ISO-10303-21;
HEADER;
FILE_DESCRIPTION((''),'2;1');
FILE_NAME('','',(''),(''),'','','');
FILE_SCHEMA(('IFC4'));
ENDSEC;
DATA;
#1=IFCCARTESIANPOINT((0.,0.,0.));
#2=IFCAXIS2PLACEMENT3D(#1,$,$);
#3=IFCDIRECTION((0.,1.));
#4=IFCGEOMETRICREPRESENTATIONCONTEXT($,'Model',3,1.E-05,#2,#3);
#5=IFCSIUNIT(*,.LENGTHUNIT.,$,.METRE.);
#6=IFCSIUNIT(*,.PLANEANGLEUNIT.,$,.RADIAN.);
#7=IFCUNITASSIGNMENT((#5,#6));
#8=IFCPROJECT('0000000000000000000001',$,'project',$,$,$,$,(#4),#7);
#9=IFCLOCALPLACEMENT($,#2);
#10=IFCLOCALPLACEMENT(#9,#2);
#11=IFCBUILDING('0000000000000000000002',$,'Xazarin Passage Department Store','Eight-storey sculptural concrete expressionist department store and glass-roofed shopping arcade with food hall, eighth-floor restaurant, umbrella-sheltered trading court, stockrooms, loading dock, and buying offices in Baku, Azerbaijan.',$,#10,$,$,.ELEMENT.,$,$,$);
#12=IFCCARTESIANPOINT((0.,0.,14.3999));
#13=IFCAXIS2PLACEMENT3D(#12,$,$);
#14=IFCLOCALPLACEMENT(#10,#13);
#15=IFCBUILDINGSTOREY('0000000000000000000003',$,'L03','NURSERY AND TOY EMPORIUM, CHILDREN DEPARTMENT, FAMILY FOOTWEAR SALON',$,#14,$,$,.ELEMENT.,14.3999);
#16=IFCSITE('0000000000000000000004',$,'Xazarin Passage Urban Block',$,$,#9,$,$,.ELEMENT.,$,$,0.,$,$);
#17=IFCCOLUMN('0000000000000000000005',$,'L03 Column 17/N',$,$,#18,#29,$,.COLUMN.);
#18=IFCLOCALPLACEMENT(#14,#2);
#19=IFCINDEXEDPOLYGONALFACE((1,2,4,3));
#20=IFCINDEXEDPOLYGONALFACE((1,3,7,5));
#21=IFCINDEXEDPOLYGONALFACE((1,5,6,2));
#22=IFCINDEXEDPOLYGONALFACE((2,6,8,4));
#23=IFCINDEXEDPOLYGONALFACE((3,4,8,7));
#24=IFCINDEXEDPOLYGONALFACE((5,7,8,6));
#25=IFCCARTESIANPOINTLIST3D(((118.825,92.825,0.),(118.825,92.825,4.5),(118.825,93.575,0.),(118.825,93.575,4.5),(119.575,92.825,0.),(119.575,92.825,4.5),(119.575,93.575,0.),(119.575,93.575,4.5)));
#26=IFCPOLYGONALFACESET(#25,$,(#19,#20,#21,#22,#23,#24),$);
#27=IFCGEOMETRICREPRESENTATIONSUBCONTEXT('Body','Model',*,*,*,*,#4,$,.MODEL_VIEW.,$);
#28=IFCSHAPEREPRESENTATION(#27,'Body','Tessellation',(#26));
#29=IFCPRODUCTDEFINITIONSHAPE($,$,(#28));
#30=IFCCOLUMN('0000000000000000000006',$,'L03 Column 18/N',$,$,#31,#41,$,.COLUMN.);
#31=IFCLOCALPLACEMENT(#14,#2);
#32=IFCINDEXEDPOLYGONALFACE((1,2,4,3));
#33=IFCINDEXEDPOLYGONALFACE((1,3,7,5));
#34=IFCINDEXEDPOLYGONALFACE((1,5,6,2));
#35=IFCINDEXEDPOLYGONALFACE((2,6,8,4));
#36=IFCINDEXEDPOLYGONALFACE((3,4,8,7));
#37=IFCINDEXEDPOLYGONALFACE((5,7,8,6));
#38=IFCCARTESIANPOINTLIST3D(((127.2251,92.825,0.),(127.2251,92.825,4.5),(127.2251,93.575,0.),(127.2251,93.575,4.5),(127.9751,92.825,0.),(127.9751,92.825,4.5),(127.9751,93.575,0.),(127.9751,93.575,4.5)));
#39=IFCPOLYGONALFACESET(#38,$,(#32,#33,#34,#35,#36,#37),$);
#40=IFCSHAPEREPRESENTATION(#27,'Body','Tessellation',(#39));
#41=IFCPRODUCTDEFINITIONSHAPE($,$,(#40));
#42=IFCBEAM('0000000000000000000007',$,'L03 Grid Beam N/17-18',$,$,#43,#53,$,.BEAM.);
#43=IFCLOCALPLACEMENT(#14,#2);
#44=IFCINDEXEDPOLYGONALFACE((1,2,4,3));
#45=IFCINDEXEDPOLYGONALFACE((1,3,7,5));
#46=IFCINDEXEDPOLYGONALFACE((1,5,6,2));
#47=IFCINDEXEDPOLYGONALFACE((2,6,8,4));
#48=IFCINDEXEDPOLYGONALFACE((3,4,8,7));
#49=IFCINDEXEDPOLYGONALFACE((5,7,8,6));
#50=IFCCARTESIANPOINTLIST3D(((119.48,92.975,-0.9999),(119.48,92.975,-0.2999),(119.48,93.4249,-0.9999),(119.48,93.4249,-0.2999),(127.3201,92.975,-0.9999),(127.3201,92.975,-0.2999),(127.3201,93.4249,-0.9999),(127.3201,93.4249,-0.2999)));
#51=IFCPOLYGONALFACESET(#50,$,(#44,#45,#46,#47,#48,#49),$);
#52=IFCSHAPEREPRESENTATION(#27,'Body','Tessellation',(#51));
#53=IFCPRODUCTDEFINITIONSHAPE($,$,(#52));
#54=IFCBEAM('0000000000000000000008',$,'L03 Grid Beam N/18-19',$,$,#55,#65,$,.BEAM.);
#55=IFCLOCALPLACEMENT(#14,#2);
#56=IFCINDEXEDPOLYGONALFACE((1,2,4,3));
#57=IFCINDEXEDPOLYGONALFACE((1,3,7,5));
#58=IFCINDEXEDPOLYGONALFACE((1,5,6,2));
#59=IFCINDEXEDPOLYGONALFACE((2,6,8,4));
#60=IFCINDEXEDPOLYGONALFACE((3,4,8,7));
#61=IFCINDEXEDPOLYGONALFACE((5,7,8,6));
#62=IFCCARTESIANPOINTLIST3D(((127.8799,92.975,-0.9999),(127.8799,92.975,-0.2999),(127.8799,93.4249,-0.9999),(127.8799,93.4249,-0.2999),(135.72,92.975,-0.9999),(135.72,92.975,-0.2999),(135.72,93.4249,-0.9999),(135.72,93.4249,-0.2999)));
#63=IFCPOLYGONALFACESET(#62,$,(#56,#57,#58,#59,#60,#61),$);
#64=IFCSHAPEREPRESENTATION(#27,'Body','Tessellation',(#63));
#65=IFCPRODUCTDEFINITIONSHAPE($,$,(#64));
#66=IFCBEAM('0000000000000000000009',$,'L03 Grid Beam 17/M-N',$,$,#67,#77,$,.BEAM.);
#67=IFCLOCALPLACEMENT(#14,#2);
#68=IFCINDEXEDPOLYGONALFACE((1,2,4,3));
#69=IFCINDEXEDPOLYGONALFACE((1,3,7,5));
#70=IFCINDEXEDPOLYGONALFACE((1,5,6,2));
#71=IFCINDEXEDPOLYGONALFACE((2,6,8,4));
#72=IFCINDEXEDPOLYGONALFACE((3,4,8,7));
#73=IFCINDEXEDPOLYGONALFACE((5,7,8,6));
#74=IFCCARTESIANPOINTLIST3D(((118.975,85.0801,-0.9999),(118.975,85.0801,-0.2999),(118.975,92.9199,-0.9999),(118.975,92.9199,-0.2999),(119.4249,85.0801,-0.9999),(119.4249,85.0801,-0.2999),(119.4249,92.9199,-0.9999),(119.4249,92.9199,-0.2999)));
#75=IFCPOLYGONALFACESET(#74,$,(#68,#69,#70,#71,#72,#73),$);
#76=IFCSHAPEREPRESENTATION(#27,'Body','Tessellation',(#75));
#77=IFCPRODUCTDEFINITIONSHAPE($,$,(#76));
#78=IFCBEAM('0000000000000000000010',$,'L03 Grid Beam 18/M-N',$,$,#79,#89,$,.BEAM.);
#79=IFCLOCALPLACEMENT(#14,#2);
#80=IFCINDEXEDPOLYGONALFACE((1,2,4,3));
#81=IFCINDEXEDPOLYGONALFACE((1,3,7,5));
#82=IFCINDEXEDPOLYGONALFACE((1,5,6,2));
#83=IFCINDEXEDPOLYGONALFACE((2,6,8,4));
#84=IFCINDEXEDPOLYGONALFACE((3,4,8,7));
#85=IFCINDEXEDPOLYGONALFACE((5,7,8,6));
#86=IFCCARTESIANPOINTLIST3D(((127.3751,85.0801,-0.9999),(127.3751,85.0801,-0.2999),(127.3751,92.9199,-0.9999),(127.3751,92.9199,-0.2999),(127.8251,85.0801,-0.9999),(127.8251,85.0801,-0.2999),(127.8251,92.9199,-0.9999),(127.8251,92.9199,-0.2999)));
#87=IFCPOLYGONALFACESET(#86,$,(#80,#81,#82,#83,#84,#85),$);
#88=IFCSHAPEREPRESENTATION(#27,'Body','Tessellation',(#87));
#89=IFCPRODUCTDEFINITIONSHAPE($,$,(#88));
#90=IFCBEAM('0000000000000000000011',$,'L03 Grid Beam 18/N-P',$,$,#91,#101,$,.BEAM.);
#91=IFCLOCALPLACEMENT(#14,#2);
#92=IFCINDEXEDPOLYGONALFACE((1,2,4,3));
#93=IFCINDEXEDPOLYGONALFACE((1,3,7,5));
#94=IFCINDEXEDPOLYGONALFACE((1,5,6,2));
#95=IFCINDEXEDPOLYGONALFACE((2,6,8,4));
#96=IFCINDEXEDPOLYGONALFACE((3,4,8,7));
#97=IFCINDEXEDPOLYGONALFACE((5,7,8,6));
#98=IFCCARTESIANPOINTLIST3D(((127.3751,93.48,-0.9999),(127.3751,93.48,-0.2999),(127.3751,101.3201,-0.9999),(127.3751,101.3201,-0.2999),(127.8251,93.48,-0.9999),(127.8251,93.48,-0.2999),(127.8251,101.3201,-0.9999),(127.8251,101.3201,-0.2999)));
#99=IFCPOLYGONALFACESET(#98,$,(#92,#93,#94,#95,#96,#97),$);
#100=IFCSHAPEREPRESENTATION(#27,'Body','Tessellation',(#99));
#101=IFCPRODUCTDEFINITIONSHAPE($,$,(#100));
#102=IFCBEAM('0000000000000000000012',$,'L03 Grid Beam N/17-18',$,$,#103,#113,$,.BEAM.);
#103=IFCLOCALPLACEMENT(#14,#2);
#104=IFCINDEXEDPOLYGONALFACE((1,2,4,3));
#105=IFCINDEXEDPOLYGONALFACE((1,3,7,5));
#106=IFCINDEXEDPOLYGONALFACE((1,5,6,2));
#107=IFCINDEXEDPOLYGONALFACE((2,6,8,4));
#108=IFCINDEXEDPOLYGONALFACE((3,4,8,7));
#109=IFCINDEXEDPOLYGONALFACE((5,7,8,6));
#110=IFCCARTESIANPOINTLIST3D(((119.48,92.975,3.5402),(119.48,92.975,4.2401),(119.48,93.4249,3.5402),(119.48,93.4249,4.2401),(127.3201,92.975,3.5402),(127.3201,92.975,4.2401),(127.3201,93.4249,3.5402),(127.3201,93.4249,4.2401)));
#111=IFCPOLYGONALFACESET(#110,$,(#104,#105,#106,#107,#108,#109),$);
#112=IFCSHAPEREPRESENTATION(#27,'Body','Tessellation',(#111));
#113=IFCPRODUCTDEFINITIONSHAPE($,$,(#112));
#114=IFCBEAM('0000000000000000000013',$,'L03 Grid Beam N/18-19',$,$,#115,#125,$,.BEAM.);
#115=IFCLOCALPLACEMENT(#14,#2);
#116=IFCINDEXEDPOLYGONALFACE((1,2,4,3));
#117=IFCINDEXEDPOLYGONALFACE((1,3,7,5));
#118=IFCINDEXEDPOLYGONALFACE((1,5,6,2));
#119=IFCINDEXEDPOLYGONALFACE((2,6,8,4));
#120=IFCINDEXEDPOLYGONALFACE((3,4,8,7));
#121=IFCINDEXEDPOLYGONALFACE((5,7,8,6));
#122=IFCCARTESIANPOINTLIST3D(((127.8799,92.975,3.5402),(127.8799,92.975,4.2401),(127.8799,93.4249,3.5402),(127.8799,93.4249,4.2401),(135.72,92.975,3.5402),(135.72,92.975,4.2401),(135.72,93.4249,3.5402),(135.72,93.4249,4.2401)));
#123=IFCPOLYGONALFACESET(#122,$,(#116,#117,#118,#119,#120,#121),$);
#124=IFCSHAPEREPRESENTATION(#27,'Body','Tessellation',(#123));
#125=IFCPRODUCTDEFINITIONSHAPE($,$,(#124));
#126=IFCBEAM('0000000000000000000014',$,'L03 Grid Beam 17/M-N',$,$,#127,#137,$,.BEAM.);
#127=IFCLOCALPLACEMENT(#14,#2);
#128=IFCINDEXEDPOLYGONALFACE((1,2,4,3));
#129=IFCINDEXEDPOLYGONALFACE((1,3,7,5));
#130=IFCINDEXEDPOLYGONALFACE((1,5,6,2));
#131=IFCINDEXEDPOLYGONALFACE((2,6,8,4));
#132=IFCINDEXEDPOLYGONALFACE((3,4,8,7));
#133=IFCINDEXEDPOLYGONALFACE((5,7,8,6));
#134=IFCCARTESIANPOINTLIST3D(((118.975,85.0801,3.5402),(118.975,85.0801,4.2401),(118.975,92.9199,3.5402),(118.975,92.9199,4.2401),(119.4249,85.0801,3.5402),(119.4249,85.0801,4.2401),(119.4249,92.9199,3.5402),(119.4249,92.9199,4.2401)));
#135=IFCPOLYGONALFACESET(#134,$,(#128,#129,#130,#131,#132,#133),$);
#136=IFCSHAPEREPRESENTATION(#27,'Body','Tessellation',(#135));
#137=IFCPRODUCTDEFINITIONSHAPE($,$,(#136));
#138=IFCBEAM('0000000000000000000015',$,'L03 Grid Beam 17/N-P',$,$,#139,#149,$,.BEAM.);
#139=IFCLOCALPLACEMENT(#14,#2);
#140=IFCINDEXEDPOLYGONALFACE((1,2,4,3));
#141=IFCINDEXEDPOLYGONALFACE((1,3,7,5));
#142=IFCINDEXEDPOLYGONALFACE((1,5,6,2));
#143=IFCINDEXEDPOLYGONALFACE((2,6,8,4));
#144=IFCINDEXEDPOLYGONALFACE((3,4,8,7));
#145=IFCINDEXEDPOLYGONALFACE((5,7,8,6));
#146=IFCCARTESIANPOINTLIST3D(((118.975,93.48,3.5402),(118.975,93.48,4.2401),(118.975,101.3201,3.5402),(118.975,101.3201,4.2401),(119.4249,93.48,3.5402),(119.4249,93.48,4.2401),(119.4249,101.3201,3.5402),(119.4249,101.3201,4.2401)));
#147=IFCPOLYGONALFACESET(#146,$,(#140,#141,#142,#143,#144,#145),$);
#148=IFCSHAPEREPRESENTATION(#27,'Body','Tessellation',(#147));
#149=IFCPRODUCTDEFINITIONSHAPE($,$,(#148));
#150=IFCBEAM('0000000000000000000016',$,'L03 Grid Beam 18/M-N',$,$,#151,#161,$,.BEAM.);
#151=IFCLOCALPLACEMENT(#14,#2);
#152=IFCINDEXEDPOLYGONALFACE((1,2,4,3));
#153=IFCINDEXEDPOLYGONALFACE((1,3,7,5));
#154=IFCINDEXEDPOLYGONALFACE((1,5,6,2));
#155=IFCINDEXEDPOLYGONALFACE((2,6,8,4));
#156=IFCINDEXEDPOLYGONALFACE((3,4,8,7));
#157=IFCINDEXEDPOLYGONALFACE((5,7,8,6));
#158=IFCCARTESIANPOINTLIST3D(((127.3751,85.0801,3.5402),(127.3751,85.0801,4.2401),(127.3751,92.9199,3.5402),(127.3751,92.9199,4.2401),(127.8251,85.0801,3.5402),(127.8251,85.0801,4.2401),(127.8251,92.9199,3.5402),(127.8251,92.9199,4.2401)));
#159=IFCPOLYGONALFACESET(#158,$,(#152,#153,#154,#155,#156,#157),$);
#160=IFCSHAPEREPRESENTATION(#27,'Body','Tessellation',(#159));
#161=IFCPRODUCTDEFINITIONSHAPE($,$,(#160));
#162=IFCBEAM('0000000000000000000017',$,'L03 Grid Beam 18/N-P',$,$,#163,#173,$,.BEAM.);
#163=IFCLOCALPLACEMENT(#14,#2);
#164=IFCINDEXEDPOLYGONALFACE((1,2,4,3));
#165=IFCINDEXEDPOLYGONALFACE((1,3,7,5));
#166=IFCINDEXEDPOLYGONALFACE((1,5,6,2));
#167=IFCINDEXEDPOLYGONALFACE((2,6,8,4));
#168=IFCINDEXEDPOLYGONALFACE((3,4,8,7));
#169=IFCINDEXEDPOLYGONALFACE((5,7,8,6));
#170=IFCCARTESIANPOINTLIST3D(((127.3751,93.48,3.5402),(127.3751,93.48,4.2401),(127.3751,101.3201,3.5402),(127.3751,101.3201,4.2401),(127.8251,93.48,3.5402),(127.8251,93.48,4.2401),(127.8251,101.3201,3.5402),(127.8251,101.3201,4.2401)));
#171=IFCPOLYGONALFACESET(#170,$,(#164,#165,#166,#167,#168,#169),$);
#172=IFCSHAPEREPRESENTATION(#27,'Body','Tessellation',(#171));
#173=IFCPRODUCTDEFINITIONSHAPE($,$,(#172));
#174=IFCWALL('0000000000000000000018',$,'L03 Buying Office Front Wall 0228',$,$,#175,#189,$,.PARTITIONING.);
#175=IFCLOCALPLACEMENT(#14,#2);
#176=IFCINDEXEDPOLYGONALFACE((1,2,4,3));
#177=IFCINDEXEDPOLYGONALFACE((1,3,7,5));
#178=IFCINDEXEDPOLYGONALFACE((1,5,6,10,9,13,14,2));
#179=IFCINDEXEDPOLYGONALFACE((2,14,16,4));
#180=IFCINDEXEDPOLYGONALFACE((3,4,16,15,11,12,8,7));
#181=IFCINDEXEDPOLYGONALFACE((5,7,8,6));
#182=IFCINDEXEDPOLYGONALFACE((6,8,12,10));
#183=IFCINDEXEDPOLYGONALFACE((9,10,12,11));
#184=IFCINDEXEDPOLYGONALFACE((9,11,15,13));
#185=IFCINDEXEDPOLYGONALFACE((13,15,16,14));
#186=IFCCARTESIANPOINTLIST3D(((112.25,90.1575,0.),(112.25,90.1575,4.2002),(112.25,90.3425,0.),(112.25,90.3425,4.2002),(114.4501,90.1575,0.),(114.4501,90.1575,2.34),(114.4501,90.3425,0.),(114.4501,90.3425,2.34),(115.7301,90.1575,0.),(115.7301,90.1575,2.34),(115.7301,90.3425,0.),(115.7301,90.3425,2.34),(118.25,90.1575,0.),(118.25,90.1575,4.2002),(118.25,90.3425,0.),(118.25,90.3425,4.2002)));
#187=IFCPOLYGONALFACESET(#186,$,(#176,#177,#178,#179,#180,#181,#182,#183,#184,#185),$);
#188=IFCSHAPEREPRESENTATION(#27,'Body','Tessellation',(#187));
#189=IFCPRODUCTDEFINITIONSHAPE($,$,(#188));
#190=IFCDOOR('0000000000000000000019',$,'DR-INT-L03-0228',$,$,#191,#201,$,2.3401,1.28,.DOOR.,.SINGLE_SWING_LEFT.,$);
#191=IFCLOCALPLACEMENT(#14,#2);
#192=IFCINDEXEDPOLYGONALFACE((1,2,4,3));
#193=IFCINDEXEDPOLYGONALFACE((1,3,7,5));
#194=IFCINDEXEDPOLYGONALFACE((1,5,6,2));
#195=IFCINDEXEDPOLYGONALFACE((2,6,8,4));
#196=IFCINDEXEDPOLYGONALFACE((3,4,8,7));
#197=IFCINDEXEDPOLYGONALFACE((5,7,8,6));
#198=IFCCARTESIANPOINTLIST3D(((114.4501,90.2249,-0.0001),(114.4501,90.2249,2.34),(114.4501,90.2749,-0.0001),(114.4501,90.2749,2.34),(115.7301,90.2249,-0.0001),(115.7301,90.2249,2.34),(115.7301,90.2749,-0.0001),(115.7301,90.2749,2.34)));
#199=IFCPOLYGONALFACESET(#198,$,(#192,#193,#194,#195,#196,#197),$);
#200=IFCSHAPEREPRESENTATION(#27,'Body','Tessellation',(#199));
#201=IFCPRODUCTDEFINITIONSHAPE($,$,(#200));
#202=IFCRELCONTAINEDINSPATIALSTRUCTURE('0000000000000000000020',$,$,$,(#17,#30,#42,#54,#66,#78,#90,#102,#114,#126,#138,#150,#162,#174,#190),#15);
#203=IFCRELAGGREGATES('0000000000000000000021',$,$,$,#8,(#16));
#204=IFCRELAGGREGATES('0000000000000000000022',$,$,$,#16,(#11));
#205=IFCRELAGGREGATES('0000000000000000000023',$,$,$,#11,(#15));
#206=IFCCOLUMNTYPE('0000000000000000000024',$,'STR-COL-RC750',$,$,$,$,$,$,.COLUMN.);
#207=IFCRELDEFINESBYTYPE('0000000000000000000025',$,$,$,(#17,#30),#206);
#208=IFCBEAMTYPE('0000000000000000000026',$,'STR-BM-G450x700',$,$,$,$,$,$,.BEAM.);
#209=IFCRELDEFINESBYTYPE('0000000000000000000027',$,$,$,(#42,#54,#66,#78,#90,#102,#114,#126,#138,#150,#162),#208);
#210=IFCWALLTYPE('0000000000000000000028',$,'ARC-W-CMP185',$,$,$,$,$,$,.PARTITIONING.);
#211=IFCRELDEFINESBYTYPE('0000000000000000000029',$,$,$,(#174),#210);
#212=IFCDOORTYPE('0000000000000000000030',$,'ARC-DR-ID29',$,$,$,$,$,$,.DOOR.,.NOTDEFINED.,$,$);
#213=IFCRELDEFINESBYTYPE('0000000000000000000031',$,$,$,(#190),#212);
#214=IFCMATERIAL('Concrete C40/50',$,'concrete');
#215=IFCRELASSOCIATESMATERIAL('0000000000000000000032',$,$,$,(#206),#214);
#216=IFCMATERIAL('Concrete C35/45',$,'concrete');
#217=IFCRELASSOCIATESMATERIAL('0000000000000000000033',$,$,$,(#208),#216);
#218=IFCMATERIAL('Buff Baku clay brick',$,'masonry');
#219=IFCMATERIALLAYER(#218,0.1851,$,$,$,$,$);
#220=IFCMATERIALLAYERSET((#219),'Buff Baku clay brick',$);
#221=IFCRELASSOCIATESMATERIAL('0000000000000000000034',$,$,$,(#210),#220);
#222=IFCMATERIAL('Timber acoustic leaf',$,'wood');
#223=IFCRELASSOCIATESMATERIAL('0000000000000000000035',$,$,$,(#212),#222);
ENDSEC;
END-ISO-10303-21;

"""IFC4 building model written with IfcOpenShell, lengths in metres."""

from ifc_helpers import new_model, si_unit, direction, frame, frame_2d, origin, origin_2d, place, context, subcontext, project, spatial, rectangle, extrude, material, layer, layer_set, material_profile, profile_set, type_object, element, fill, save


model = new_model("IFC4")

# Units and contexts
model_context = context("Model", 3, precision=1e-05, world=origin(), true_north=direction((0.0, 1.0)))
body_context = subcontext(model_context, "Body", "Model", "MODEL_VIEW")
ifc_project = project(units=[si_unit("LENGTHUNIT", "METRE"), si_unit("PLANEANGLEUNIT", "RADIAN")], contexts=[model_context])

# Site, building, storey
site_placement = place(None, origin())
site = spatial("IfcSite", under=ifc_project, at=site_placement, Name="Xazarin Passage Urban Block", CompositionType="ELEMENT", RefElevation=0.0)
building_placement = place(site_placement, origin())
building = spatial("IfcBuilding", under=site, at=building_placement, Name="Xazarin Passage Department Store", Description="Eight-storey sculptural concrete expressionist department store and glass-roofed shopping arcade with food hall, eighth-floor restaurant, umbrella-sheltered trading court, stockrooms, loading dock, and buying offices in Baku, Azerbaijan.", CompositionType="ELEMENT")
storey_placement = place(building_placement, frame((0.0, 0.0, 14.3999)))
storey = spatial("IfcBuildingStorey", under=building, at=storey_placement, Name="L03", Description="NURSERY AND TOY EMPORIUM, CHILDREN DEPARTMENT, FAMILY FOOTWEAR SALON", CompositionType="ELEMENT", Elevation=14.3999)

# Columns
ifc_material_1 = material(Name="Concrete C40/50", Category="concrete")
ifc_material_profile_1 = material_profile(ifc_material_1, rectangle(XDim=0.75, YDim=0.75, at=origin_2d()), Name="RC 750x750")
ifc_profile_set_1 = profile_set([ifc_material_profile_1], Name="Concrete C40/50")
column_type = type_object("IfcColumnType", Name="STR-COL-RC750", PredefinedType="COLUMN", material=ifc_profile_set_1)
for number, where, z_axis, x_axis, name in (
    (1, (119.2, 93.2, 0.0), (0.0, 0.0, 1.0), (1.0, 0.0, 0.0), "L03 Column 17/N"),
    (2, (127.6001, 93.2, 0.0), (0.0, 0.0, 1.0), (1.0, 0.0, 0.0), "L03 Column 18/N"),
):
    element("IfcColumn", number, at=place(storey_placement, frame(where, z_axis=z_axis, x_axis=x_axis)), inside=storey, type_object=column_type, Name=name, PredefinedType="COLUMN", context=body_context, shape_type="SweptSolid", body=[
        extrude(rectangle(XDim=0.75, YDim=0.75, at=origin_2d()), origin(), (0.0, 0.0, 1.0), 4.5),
    ])

# Beams
ifc_material_2 = material(Name="Concrete C35/45", Category="concrete")
ifc_material_profile_2 = material_profile(ifc_material_2, rectangle(XDim=0.45, YDim=0.7, at=origin_2d()), Name="RC 450x700")
ifc_profile_set_2 = profile_set([ifc_material_profile_2], Name="Concrete C35/45")
beam_type = type_object("IfcBeamType", Name="STR-BM-G450x700", PredefinedType="BEAM", material=ifc_profile_set_2)
for number, where, z_axis, x_axis, name in (
    (3, (119.48, 93.2, -0.6499), (1.0, 0.0, 0.0), (0.0, 1.0, 0.0), "L03 Grid Beam N/17-18"),
    (4, (127.8799, 93.2, -0.6499), (1.0, 0.0, 0.0), (0.0, 1.0, 0.0), "L03 Grid Beam N/18-19"),
):
    element("IfcBeam", number, at=place(storey_placement, frame(where, z_axis=z_axis, x_axis=x_axis)), inside=storey, type_object=beam_type, Name=name, PredefinedType="BEAM", context=body_context, shape_type="SweptSolid", body=[
        extrude(rectangle(XDim=0.45, YDim=0.7, at=origin_2d()), origin(), (0.0, 0.0, 1.0), 7.8401),
    ])
for number, where, z_axis, x_axis, name in (
    (5, (119.2, 85.0801, -0.6499), (0.0, 1.0, 0.0), (-1.0, 0.0, 0.0), "L03 Grid Beam 17/M-N"),
    (6, (127.6001, 85.0801, -0.6499), (0.0, 1.0, 0.0), (-1.0, 0.0, 0.0), "L03 Grid Beam 18/M-N"),
):
    element("IfcBeam", number, at=place(storey_placement, frame(where, z_axis=z_axis, x_axis=x_axis)), inside=storey, type_object=beam_type, Name=name, PredefinedType="BEAM", context=body_context, shape_type="SweptSolid", body=[
        extrude(rectangle(XDim=0.45, YDim=0.7, at=origin_2d()), origin(), (0.0, 0.0, 1.0), 7.8398),
    ])
for number, where, z_axis, x_axis, name in (
    (7, (127.6001, 93.48, -0.6499), (0.0, 1.0, 0.0), (-1.0, 0.0, 0.0), "L03 Grid Beam 18/N-P"),
    (8, (119.48, 93.2, 3.8901), (1.0, 0.0, 0.0), (0.0, 1.0, 0.0), "L03 Grid Beam N/17-18"),
    (9, (127.8799, 93.2, 3.8901), (1.0, 0.0, 0.0), (0.0, 1.0, 0.0), "L03 Grid Beam N/18-19"),
):
    element("IfcBeam", number, at=place(storey_placement, frame(where, z_axis=z_axis, x_axis=x_axis)), inside=storey, type_object=beam_type, Name=name, PredefinedType="BEAM", context=body_context, shape_type="SweptSolid", body=[
        extrude(rectangle(XDim=0.45, YDim=0.7, at=origin_2d()), origin(), (0.0, 0.0, 1.0), 7.8401),
    ])
beam_1_placement = place(storey_placement, frame((119.2, 85.0801, 3.8901), z_axis=(0.0, 1.0, 0.0), x_axis=(-1.0, 0.0, 0.0)))
element("IfcBeam", 10, at=beam_1_placement, inside=storey, type_object=beam_type, Name="L03 Grid Beam 17/M-N", PredefinedType="BEAM", context=body_context, shape_type="SweptSolid", body=[
    extrude(rectangle(XDim=0.45, YDim=0.7, at=origin_2d()), origin(), (0.0, 0.0, 1.0), 7.8398),
])
beam_2_placement = place(storey_placement, frame((119.2, 93.48, 3.8901), z_axis=(0.0, 1.0, 0.0), x_axis=(-1.0, 0.0, 0.0)))
element("IfcBeam", 11, at=beam_2_placement, inside=storey, type_object=beam_type, Name="L03 Grid Beam 17/N-P", PredefinedType="BEAM", context=body_context, shape_type="SweptSolid", body=[
    extrude(rectangle(XDim=0.45, YDim=0.7, at=origin_2d()), origin(), (0.0, 0.0, 1.0), 7.8401),
])
beam_3_placement = place(storey_placement, frame((127.6001, 85.0801, 3.8901), z_axis=(0.0, 1.0, 0.0), x_axis=(-1.0, 0.0, 0.0)))
element("IfcBeam", 12, at=beam_3_placement, inside=storey, type_object=beam_type, Name="L03 Grid Beam 18/M-N", PredefinedType="BEAM", context=body_context, shape_type="SweptSolid", body=[
    extrude(rectangle(XDim=0.45, YDim=0.7, at=origin_2d()), origin(), (0.0, 0.0, 1.0), 7.8398),
])
beam_4_placement = place(storey_placement, frame((127.6001, 93.48, 3.8901), z_axis=(0.0, 1.0, 0.0), x_axis=(-1.0, 0.0, 0.0)))
element("IfcBeam", 13, at=beam_4_placement, inside=storey, type_object=beam_type, Name="L03 Grid Beam 18/N-P", PredefinedType="BEAM", context=body_context, shape_type="SweptSolid", body=[
    extrude(rectangle(XDim=0.45, YDim=0.7, at=origin_2d()), origin(), (0.0, 0.0, 1.0), 7.8401),
])

# Wall, opening, door
ifc_material_3 = material(Name="Buff Baku clay brick", Category="masonry")
ifc_layer_1 = layer(ifc_material_3, 0.1851)
ifc_layer_set_1 = layer_set([ifc_layer_1], Name="Buff Baku clay brick")
wall_type_1 = type_object("IfcWallType", Name="ARC-W-CMP185", PredefinedType="PARTITIONING", material=ifc_layer_set_1)
wall_1_placement = place(storey_placement, frame((112.25, 90.25, 0.0), z_axis=(0.0, 0.0, 1.0), x_axis=(1.0, 0.0, 0.0)))
wall_1 = element("IfcWall", 14, at=wall_1_placement, inside=storey, type_object=wall_type_1, Name="L03 Buying Office Front Wall 0228", PredefinedType="PARTITIONING", context=body_context, shape_type="SweptSolid", body=[
    extrude(rectangle(XDim=6.0, YDim=0.1851, at=frame_2d((3.0, 0.0))), origin(), (0.0, 0.0, 1.0), 4.2002),
])
opening_1_placement = place(wall_1_placement, frame((2.2, 0.0, 0.0)))
opening_1 = element("IfcOpeningElement", 15, at=opening_1_placement, cuts=wall_1, PredefinedType="OPENING", context=body_context, shape_type="SweptSolid", body=[
    extrude(rectangle(XDim=1.28, YDim=2.3401, at=frame_2d((0.6401, 1.1699))), frame((0.0, 0.1025, 0.0), z_axis=(0.0, -1.0, 0.0), x_axis=(1.0, 0.0, 0.0)), (0.0, 0.0, 1.0), 0.2051),
])
ifc_material_4 = material(Name="Timber acoustic leaf", Category="wood")
door_type_1 = type_object("IfcDoorType", Name="ARC-DR-ID29", OperationType="NOTDEFINED", PredefinedType="DOOR", material=ifc_material_4)
door_1_placement = place(opening_1_placement, origin())
door_1 = element("IfcDoor", 16, at=door_1_placement, inside=storey, type_object=door_type_1, Name="DR-INT-L03-0228", OperationType="SINGLE_SWING_LEFT", OverallHeight=2.3401, OverallWidth=1.28, PredefinedType="DOOR", context=body_context, shape_type="SweptSolid", body=[
    extrude(rectangle(XDim=1.28, YDim=2.3401, at=frame_2d((0.6401, 1.1699))), frame((0.0, 0.0249, 0.0), z_axis=(0.0, -1.0, 0.0), x_axis=(1.0, 0.0, 0.0)), (0.0, 0.0, 1.0), 0.05),
])
fill(opening_1, door_1)

save(model, "model.ifc")
